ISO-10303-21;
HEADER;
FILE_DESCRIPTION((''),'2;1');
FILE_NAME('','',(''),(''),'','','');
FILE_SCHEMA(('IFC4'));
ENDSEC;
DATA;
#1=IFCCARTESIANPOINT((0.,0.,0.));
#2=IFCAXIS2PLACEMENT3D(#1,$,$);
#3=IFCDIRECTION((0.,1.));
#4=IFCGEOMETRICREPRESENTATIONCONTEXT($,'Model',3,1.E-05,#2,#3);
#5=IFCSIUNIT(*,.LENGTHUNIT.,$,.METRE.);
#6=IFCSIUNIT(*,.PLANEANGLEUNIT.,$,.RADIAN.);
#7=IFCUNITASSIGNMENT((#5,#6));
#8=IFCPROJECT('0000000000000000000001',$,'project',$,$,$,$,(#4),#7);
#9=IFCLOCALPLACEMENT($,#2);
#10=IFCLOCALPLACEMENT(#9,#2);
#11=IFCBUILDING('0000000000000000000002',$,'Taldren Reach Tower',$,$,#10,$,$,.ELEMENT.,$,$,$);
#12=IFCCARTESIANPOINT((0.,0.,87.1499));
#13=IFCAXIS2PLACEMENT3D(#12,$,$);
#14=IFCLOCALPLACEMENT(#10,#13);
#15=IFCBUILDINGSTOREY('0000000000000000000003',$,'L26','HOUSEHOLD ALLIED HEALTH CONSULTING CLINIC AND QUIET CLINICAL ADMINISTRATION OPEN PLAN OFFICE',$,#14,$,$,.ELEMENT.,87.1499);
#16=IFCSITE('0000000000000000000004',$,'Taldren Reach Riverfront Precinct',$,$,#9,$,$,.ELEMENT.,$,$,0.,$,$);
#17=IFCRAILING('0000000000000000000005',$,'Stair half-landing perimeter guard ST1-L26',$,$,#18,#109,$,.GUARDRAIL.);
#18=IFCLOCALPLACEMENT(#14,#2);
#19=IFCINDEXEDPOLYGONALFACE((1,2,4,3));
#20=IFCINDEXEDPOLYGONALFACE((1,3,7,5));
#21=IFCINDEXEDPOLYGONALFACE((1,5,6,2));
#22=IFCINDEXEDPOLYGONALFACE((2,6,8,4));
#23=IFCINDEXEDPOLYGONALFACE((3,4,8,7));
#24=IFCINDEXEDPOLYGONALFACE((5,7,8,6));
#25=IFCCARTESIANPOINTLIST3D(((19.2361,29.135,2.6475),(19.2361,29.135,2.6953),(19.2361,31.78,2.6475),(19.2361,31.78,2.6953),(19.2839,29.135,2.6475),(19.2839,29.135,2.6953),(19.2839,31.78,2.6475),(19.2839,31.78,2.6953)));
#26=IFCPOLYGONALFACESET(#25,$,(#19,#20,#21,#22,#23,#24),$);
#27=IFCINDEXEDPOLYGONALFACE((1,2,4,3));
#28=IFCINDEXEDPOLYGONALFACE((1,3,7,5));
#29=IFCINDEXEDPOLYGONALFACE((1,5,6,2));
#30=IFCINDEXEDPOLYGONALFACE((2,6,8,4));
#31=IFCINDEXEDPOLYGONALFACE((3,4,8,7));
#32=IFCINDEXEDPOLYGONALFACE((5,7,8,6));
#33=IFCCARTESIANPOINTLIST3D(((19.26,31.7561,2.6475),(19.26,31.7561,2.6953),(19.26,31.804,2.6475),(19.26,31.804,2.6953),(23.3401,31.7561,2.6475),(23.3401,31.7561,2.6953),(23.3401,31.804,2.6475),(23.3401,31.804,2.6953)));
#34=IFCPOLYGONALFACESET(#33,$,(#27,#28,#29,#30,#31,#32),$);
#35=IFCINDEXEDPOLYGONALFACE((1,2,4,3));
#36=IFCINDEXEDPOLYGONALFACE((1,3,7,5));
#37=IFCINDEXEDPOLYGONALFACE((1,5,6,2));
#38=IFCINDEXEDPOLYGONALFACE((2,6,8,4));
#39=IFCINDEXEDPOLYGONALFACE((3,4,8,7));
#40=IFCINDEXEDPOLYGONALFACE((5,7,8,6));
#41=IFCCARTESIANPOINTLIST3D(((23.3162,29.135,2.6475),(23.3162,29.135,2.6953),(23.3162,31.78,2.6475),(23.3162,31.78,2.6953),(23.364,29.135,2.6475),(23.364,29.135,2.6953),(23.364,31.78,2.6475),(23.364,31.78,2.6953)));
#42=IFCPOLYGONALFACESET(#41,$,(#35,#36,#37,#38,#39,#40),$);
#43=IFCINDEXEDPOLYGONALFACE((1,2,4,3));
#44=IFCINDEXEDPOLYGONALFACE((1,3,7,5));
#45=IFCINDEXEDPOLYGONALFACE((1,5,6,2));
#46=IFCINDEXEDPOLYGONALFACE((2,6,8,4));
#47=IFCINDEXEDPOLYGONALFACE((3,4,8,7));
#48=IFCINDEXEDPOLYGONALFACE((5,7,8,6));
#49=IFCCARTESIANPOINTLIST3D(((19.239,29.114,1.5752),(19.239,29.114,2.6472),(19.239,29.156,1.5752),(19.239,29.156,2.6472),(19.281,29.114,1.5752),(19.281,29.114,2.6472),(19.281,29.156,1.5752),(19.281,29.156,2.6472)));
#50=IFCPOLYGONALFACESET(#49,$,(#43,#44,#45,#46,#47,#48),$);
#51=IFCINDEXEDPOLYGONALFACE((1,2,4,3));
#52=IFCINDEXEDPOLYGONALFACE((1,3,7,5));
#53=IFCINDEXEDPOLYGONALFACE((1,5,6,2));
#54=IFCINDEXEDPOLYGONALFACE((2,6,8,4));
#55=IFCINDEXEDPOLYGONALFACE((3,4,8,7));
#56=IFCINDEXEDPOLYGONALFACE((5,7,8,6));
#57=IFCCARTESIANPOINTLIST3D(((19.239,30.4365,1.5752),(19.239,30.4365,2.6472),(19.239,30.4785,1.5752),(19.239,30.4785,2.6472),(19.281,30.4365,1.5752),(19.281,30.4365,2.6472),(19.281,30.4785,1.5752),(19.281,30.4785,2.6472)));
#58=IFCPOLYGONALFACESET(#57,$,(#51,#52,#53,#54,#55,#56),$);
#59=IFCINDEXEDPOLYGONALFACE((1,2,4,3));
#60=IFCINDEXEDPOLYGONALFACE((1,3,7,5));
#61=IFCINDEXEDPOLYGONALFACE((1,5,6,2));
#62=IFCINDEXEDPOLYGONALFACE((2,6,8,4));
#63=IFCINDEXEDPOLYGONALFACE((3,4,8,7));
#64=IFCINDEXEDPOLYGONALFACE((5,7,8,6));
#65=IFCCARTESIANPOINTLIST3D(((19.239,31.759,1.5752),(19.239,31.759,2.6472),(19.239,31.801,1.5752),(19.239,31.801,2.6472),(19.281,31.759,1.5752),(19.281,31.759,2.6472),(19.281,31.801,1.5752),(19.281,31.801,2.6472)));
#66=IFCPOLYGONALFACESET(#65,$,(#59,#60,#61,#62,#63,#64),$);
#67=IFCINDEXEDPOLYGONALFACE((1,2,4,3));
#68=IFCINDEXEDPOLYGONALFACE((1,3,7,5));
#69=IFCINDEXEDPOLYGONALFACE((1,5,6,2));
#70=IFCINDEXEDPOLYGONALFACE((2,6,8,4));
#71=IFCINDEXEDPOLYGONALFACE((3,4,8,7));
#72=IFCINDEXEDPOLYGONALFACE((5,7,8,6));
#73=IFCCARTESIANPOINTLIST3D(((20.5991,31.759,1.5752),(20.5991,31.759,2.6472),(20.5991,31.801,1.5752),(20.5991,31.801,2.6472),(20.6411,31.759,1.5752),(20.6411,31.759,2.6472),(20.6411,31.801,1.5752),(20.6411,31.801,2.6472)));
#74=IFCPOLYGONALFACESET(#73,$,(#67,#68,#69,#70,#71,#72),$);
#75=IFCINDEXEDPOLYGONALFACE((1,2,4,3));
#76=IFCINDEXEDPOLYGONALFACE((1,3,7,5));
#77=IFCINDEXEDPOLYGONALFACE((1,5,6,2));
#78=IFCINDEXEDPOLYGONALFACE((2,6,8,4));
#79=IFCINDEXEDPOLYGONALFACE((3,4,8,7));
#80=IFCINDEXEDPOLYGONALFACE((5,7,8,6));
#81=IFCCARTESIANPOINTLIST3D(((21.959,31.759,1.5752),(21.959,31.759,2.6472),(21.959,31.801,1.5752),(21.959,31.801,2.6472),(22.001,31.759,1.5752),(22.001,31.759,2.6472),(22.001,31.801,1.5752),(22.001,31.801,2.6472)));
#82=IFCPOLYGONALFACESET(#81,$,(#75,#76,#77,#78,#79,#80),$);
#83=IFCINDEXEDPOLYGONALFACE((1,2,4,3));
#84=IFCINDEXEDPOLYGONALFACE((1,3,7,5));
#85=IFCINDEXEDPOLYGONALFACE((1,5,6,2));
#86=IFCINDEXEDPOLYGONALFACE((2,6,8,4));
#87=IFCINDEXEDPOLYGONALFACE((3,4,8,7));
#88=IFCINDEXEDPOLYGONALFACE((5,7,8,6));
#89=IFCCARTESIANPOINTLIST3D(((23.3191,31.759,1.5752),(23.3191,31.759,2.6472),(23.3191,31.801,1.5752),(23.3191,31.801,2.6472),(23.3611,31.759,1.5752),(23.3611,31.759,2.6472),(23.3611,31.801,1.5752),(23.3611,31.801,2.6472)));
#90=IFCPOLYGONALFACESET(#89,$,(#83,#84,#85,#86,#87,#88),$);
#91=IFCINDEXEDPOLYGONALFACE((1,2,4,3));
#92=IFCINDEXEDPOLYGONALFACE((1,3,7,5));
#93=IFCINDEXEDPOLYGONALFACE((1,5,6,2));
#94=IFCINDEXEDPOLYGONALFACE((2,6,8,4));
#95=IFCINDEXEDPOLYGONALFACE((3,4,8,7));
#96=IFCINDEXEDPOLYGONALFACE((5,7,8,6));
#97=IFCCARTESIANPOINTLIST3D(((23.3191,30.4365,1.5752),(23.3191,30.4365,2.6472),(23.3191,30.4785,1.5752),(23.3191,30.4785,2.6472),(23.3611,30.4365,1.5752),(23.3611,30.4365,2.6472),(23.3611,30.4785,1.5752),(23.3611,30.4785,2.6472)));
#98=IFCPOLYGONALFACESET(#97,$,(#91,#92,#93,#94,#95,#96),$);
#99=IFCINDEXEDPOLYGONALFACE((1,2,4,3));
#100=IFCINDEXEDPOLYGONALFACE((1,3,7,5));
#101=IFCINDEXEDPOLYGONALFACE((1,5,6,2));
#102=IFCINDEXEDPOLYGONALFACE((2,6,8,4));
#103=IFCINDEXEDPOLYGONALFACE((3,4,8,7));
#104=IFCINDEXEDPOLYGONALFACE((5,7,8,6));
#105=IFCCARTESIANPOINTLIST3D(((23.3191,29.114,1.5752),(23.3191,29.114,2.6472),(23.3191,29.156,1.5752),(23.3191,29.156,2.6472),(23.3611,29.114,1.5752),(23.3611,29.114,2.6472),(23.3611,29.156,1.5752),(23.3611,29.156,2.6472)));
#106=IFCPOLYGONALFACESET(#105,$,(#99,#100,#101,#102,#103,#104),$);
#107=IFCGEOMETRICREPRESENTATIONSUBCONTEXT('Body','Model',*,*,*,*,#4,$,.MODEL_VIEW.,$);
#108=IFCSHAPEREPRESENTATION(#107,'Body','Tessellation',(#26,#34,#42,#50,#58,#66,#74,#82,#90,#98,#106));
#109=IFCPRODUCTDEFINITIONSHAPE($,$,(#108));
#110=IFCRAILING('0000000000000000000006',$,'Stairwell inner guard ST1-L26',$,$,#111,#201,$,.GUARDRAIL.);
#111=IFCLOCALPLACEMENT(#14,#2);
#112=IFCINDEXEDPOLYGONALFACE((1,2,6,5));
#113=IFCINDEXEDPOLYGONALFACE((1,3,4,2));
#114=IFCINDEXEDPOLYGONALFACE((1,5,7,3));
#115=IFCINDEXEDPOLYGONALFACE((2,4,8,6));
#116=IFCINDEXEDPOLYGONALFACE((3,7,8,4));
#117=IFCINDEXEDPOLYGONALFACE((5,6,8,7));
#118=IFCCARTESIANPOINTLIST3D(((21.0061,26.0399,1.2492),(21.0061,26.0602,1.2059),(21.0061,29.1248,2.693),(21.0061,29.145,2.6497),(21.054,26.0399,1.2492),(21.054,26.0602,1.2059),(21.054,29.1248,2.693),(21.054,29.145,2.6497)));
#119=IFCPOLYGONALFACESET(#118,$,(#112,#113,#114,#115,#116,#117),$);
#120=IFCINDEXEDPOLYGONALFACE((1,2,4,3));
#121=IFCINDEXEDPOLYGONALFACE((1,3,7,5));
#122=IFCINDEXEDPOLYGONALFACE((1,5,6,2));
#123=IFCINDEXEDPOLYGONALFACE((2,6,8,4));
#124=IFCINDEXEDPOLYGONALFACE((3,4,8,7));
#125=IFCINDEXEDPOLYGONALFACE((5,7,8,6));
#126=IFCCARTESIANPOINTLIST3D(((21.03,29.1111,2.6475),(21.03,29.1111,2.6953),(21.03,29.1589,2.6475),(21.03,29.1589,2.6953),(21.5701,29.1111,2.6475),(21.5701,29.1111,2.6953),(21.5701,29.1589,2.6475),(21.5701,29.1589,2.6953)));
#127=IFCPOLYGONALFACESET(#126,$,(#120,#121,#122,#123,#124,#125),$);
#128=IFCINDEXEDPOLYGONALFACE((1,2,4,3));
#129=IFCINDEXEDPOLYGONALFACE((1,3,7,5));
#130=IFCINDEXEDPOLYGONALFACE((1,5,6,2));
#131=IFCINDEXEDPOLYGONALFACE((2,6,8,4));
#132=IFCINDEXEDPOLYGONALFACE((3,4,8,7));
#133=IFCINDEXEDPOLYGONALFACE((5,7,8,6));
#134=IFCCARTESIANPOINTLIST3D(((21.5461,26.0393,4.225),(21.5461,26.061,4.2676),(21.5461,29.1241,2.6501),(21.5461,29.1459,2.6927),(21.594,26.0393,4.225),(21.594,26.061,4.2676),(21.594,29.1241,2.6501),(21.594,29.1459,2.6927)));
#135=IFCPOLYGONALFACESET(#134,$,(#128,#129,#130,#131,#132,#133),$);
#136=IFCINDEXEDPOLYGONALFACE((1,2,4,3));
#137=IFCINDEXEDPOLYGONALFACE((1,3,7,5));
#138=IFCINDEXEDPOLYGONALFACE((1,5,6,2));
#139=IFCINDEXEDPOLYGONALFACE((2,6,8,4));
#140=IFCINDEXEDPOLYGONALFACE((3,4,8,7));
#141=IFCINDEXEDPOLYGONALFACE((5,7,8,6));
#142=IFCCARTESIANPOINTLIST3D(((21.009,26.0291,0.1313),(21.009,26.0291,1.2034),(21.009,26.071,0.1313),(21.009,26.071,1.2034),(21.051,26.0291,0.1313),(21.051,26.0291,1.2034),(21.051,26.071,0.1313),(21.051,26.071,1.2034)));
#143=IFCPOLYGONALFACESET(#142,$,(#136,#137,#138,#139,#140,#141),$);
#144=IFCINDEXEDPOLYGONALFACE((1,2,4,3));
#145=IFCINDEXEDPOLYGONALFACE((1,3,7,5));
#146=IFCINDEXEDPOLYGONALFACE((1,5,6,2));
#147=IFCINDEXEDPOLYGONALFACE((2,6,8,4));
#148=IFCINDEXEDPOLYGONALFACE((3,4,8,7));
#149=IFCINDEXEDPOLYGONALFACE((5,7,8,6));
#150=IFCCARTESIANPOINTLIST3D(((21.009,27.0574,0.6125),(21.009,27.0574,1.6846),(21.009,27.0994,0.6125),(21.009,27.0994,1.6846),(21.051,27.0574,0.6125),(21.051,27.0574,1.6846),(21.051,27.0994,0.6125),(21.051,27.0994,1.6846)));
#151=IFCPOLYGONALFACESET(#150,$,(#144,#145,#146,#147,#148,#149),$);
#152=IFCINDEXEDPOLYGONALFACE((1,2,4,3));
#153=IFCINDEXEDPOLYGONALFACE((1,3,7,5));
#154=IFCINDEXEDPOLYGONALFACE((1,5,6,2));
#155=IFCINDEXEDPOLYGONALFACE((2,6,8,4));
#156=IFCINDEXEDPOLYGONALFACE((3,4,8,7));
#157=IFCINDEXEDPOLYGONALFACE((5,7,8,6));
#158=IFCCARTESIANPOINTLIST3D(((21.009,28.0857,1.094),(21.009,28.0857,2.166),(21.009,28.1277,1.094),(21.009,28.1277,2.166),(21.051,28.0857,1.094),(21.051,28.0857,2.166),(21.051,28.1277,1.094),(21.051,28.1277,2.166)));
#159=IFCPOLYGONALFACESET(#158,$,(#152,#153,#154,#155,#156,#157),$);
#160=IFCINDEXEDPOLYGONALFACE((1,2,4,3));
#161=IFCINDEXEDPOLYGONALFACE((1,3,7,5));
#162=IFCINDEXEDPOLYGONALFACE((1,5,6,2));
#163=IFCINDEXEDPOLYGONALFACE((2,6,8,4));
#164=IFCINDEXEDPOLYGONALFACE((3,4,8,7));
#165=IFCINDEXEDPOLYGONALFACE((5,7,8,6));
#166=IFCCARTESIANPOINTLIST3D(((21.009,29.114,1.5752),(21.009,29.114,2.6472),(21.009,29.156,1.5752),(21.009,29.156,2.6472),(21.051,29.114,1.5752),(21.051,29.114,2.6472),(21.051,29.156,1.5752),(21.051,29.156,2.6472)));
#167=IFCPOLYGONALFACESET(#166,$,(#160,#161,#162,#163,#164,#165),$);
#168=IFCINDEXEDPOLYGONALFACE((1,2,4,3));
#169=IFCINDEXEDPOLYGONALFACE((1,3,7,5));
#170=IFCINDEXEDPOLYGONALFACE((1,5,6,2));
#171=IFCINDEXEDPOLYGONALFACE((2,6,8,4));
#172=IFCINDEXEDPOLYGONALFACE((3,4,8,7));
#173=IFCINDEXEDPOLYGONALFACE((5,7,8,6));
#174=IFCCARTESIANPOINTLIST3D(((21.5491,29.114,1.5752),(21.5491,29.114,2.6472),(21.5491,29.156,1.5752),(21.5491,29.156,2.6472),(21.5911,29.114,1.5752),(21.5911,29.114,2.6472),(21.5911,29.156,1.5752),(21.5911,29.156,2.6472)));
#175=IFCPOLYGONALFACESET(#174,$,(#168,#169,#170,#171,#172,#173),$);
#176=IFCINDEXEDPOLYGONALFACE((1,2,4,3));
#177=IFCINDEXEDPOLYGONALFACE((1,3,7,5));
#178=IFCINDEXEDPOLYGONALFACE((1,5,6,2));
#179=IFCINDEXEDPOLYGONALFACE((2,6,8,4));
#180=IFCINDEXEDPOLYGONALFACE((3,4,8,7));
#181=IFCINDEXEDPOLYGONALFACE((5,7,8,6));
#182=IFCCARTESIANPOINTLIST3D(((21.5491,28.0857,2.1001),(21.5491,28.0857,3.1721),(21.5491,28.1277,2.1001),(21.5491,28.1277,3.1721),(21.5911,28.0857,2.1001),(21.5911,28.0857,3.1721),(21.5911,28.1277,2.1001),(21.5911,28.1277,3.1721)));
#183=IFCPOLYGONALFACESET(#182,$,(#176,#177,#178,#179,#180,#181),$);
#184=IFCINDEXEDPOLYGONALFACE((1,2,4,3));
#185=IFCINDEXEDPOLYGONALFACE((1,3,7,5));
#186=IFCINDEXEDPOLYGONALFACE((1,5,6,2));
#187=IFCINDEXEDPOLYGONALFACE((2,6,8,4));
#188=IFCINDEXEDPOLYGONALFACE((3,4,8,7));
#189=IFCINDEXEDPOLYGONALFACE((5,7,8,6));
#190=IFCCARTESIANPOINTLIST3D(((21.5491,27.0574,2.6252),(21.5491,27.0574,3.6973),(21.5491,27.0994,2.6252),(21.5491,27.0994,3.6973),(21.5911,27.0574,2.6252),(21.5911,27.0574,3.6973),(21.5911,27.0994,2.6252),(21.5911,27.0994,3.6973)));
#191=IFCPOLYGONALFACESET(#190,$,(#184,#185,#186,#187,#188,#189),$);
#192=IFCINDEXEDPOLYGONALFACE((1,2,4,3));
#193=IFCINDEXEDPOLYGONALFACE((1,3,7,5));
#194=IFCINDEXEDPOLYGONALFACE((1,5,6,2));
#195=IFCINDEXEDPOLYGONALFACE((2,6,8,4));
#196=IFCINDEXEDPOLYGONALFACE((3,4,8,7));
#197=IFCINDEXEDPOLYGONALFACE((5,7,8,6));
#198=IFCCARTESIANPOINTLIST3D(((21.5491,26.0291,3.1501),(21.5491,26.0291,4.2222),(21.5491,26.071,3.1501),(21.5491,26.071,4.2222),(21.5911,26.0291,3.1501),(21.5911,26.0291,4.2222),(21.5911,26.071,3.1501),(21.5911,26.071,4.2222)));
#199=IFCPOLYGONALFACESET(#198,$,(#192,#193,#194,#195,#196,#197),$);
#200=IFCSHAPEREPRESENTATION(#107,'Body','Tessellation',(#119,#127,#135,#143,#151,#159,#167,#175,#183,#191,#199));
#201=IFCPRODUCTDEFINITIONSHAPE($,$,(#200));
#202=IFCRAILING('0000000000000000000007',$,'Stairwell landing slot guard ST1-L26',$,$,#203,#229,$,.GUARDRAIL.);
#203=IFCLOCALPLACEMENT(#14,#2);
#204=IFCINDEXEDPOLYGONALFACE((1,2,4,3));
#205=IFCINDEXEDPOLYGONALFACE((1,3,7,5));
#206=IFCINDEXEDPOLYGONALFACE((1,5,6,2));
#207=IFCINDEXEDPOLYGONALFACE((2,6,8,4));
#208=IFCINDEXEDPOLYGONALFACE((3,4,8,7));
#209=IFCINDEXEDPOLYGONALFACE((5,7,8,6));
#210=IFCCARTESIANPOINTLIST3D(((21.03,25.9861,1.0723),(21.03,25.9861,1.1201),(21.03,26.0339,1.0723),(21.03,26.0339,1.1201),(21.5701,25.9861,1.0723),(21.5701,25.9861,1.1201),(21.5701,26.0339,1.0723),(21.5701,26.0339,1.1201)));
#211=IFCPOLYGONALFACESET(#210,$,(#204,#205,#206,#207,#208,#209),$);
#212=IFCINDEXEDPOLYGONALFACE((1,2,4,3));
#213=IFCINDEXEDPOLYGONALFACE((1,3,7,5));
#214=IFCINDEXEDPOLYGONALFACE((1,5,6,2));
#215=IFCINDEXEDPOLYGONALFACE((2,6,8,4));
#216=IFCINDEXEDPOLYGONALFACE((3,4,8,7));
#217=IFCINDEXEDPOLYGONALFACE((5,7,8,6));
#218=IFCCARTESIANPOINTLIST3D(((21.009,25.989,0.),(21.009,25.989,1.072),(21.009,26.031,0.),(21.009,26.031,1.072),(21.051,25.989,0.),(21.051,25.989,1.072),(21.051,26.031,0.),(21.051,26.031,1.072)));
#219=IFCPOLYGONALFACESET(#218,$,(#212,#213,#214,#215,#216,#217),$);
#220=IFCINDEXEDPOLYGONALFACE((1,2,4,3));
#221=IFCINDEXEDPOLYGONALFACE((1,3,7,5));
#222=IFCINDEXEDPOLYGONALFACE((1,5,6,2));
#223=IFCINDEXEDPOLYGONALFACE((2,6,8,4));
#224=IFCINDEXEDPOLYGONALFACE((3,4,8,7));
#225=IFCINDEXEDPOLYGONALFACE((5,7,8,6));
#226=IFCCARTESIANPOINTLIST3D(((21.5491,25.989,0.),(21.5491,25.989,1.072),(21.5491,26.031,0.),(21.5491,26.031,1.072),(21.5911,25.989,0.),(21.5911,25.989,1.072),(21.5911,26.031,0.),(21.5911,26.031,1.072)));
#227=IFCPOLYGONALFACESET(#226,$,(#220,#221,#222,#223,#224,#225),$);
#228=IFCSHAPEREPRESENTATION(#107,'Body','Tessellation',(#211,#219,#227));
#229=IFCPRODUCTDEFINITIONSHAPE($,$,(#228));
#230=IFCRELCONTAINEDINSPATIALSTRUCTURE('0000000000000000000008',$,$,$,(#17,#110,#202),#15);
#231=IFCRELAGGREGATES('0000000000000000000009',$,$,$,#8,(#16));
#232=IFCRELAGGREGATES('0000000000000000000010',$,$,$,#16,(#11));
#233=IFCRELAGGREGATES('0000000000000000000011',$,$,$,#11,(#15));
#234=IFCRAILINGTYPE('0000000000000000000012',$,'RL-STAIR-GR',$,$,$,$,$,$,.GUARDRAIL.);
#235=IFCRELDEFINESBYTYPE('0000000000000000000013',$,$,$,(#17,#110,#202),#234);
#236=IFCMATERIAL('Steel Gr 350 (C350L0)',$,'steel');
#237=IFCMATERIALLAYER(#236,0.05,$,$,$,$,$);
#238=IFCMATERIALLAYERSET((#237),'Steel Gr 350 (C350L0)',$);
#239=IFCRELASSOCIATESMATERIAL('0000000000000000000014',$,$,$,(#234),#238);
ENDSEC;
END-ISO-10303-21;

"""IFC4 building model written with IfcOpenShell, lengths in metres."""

from ifc_helpers import new_model, si_unit, direction, frame, origin, origin_2d, place, context, subcontext, project, spatial, rectangle, extrude, material, layer, layer_set, type_object, element, save


model = new_model("IFC4")

# Units and contexts
model_context = context("Model", 3, precision=1e-05, world=origin(), true_north=direction((0.0, 1.0)))
body_context = subcontext(model_context, "Body", "Model", "MODEL_VIEW")
ifc_project = project(units=[si_unit("LENGTHUNIT", "METRE"), si_unit("PLANEANGLEUNIT", "RADIAN")], contexts=[model_context])

# Site, building, storey
site_placement = place(None, origin())
site = spatial("IfcSite", under=ifc_project, at=site_placement, Name="Taldren Reach Riverfront Precinct", CompositionType="ELEMENT", RefElevation=0.0)
building_placement = place(site_placement, origin())
building = spatial("IfcBuilding", under=site, at=building_placement, Name="Taldren Reach Tower", CompositionType="ELEMENT")
storey_placement = place(building_placement, frame((0.0, 0.0, 87.1499)))
storey = spatial("IfcBuildingStorey", under=building, at=storey_placement, Name="L26", Description="HOUSEHOLD ALLIED HEALTH CONSULTING CLINIC AND QUIET CLINICAL ADMINISTRATION OPEN PLAN OFFICE", CompositionType="ELEMENT", Elevation=87.1499)

# Shared definitions
ifc_material_1 = material(Name="Steel Gr 350 (C350L0)", Category="steel")

# Railings
ifc_layer_1 = layer(ifc_material_1, 0.05)
ifc_layer_set_1 = layer_set([ifc_layer_1], Name="Steel Gr 350 (C350L0)")
railing_type_1 = type_object("IfcRailingType", Name="RL-STAIR-GR", PredefinedType="GUARDRAIL", material=ifc_layer_set_1)
railing_1_placement = place(storey_placement, frame((19.26, 29.135, 1.5752)))
element("IfcRailing", 1, at=railing_1_placement, inside=storey, type_object=railing_type_1, Name="Stair half-landing perimeter guard ST1-L26", PredefinedType="GUARDRAIL", context=body_context, shape_type="SweptSolid", body=[
    extrude(rectangle(XDim=0.0479, YDim=0.0479, at=origin_2d()), frame((0.0, 0.0, 1.0962), z_axis=(0.0, 1.0, 0.0), x_axis=(-1.0, 0.0, 0.0)), (0.0, 0.0, 1.0), 2.645),
    extrude(rectangle(XDim=0.0479, YDim=0.0479, at=origin_2d()), frame((0.0, 2.645, 1.0962), z_axis=(1.0, 0.0, 0.0), x_axis=(0.0, 1.0, 0.0)), (0.0, 0.0, 1.0), 4.0801),
    extrude(rectangle(XDim=0.0479, YDim=0.0479, at=origin_2d()), frame((4.0801, 2.645, 1.0962), z_axis=(0.0, -1.0, 0.0), x_axis=(1.0, 0.0, 0.0)), (0.0, 0.0, 1.0), 2.645),
    extrude(rectangle(XDim=0.042, YDim=0.042, at=origin_2d()), origin(), (0.0, 0.0, 1.0), 1.072),
    extrude(rectangle(XDim=0.042, YDim=0.042, at=origin_2d()), frame((0.0, 1.3225, 0.0)), (0.0, 0.0, 1.0), 1.072),
    extrude(rectangle(XDim=0.042, YDim=0.042, at=origin_2d()), frame((0.0, 2.645, 0.0)), (0.0, 0.0, 1.0), 1.072),
    extrude(rectangle(XDim=0.042, YDim=0.042, at=origin_2d()), frame((1.3601, 2.645, 0.0)), (0.0, 0.0, 1.0), 1.072),
    extrude(rectangle(XDim=0.042, YDim=0.042, at=origin_2d()), frame((2.72, 2.645, 0.0)), (0.0, 0.0, 1.0), 1.072),
    extrude(rectangle(XDim=0.042, YDim=0.042, at=origin_2d()), frame((4.0801, 2.645, 0.0)), (0.0, 0.0, 1.0), 1.072),
    extrude(rectangle(XDim=0.042, YDim=0.042, at=origin_2d()), frame((4.0801, 1.3225, 0.0)), (0.0, 0.0, 1.0), 1.072),
    extrude(rectangle(XDim=0.042, YDim=0.042, at=origin_2d()), frame((4.0801, 0.0, 0.0)), (0.0, 0.0, 1.0), 1.072),
])
railing_2_placement = place(storey_placement, frame((21.03, 26.05, 0.1313)))
element("IfcRailing", 2, at=railing_2_placement, inside=storey, type_object=railing_type_1, Name="Stairwell inner guard ST1-L26", PredefinedType="GUARDRAIL", context=body_context, shape_type="SweptSolid", body=[
    extrude(rectangle(XDim=0.0479, YDim=0.0479, at=origin_2d()), frame((0.0, 0.0, 1.0962), z_axis=(0.0, 0.90571, 0.423898), x_axis=(-1.0, 0.0, 0.0)), (0.0, 0.0, 1.0), 3.406),
    extrude(rectangle(XDim=0.0479, YDim=0.0479, at=origin_2d()), frame((0.0, 3.085, 2.54), z_axis=(1.0, 0.0, 0.0), x_axis=(0.0, 1.0, 0.0)), (0.0, 0.0, 1.0), 0.54),
    extrude(rectangle(XDim=0.0479, YDim=0.0479, at=origin_2d()), frame((0.54, 3.085, 2.54), z_axis=(0.0, -0.890646, 0.454697), x_axis=(1.0, 0.0, 0.0)), (0.0, 0.0, 1.0), 3.4636),
    extrude(rectangle(XDim=0.042, YDim=0.042, at=origin_2d()), origin(), (0.0, 0.0, 1.0), 1.072),
    extrude(rectangle(XDim=0.042, YDim=0.042, at=origin_2d()), frame((0.0, 1.0283, 0.4812)), (0.0, 0.0, 1.0), 1.072),
    extrude(rectangle(XDim=0.042, YDim=0.042, at=origin_2d()), frame((0.0, 2.0566, 0.9626)), (0.0, 0.0, 1.0), 1.072),
    extrude(rectangle(XDim=0.042, YDim=0.042, at=origin_2d()), frame((0.0, 3.085, 1.4438)), (0.0, 0.0, 1.0), 1.072),
    extrude(rectangle(XDim=0.042, YDim=0.042, at=origin_2d()), frame((0.54, 3.085, 1.4438)), (0.0, 0.0, 1.0), 1.072),
    extrude(rectangle(XDim=0.042, YDim=0.042, at=origin_2d()), frame((0.54, 2.0566, 1.9688)), (0.0, 0.0, 1.0), 1.072),
    extrude(rectangle(XDim=0.042, YDim=0.042, at=origin_2d()), frame((0.54, 1.0283, 2.4939)), (0.0, 0.0, 1.0), 1.072),
    extrude(rectangle(XDim=0.042, YDim=0.042, at=origin_2d()), frame((0.54, 0.0, 3.0188)), (0.0, 0.0, 1.0), 1.072),
])
railing_3_placement = place(storey_placement, frame((21.03, 26.01, 0.0)))
element("IfcRailing", 3, at=railing_3_placement, inside=storey, type_object=railing_type_1, Name="Stairwell landing slot guard ST1-L26", PredefinedType="GUARDRAIL", context=body_context, shape_type="SweptSolid", body=[
    extrude(rectangle(XDim=0.0479, YDim=0.0479, at=origin_2d()), frame((0.0, 0.0, 1.0962), z_axis=(1.0, 0.0, 0.0), x_axis=(0.0, 1.0, 0.0)), (0.0, 0.0, 1.0), 0.54),
    extrude(rectangle(XDim=0.042, YDim=0.042, at=origin_2d()), origin(), (0.0, 0.0, 1.0), 1.072),
    extrude(rectangle(XDim=0.042, YDim=0.042, at=origin_2d()), frame((0.54, 0.0, 0.0)), (0.0, 0.0, 1.0), 1.072),
])

save(model, "model.ifc")
